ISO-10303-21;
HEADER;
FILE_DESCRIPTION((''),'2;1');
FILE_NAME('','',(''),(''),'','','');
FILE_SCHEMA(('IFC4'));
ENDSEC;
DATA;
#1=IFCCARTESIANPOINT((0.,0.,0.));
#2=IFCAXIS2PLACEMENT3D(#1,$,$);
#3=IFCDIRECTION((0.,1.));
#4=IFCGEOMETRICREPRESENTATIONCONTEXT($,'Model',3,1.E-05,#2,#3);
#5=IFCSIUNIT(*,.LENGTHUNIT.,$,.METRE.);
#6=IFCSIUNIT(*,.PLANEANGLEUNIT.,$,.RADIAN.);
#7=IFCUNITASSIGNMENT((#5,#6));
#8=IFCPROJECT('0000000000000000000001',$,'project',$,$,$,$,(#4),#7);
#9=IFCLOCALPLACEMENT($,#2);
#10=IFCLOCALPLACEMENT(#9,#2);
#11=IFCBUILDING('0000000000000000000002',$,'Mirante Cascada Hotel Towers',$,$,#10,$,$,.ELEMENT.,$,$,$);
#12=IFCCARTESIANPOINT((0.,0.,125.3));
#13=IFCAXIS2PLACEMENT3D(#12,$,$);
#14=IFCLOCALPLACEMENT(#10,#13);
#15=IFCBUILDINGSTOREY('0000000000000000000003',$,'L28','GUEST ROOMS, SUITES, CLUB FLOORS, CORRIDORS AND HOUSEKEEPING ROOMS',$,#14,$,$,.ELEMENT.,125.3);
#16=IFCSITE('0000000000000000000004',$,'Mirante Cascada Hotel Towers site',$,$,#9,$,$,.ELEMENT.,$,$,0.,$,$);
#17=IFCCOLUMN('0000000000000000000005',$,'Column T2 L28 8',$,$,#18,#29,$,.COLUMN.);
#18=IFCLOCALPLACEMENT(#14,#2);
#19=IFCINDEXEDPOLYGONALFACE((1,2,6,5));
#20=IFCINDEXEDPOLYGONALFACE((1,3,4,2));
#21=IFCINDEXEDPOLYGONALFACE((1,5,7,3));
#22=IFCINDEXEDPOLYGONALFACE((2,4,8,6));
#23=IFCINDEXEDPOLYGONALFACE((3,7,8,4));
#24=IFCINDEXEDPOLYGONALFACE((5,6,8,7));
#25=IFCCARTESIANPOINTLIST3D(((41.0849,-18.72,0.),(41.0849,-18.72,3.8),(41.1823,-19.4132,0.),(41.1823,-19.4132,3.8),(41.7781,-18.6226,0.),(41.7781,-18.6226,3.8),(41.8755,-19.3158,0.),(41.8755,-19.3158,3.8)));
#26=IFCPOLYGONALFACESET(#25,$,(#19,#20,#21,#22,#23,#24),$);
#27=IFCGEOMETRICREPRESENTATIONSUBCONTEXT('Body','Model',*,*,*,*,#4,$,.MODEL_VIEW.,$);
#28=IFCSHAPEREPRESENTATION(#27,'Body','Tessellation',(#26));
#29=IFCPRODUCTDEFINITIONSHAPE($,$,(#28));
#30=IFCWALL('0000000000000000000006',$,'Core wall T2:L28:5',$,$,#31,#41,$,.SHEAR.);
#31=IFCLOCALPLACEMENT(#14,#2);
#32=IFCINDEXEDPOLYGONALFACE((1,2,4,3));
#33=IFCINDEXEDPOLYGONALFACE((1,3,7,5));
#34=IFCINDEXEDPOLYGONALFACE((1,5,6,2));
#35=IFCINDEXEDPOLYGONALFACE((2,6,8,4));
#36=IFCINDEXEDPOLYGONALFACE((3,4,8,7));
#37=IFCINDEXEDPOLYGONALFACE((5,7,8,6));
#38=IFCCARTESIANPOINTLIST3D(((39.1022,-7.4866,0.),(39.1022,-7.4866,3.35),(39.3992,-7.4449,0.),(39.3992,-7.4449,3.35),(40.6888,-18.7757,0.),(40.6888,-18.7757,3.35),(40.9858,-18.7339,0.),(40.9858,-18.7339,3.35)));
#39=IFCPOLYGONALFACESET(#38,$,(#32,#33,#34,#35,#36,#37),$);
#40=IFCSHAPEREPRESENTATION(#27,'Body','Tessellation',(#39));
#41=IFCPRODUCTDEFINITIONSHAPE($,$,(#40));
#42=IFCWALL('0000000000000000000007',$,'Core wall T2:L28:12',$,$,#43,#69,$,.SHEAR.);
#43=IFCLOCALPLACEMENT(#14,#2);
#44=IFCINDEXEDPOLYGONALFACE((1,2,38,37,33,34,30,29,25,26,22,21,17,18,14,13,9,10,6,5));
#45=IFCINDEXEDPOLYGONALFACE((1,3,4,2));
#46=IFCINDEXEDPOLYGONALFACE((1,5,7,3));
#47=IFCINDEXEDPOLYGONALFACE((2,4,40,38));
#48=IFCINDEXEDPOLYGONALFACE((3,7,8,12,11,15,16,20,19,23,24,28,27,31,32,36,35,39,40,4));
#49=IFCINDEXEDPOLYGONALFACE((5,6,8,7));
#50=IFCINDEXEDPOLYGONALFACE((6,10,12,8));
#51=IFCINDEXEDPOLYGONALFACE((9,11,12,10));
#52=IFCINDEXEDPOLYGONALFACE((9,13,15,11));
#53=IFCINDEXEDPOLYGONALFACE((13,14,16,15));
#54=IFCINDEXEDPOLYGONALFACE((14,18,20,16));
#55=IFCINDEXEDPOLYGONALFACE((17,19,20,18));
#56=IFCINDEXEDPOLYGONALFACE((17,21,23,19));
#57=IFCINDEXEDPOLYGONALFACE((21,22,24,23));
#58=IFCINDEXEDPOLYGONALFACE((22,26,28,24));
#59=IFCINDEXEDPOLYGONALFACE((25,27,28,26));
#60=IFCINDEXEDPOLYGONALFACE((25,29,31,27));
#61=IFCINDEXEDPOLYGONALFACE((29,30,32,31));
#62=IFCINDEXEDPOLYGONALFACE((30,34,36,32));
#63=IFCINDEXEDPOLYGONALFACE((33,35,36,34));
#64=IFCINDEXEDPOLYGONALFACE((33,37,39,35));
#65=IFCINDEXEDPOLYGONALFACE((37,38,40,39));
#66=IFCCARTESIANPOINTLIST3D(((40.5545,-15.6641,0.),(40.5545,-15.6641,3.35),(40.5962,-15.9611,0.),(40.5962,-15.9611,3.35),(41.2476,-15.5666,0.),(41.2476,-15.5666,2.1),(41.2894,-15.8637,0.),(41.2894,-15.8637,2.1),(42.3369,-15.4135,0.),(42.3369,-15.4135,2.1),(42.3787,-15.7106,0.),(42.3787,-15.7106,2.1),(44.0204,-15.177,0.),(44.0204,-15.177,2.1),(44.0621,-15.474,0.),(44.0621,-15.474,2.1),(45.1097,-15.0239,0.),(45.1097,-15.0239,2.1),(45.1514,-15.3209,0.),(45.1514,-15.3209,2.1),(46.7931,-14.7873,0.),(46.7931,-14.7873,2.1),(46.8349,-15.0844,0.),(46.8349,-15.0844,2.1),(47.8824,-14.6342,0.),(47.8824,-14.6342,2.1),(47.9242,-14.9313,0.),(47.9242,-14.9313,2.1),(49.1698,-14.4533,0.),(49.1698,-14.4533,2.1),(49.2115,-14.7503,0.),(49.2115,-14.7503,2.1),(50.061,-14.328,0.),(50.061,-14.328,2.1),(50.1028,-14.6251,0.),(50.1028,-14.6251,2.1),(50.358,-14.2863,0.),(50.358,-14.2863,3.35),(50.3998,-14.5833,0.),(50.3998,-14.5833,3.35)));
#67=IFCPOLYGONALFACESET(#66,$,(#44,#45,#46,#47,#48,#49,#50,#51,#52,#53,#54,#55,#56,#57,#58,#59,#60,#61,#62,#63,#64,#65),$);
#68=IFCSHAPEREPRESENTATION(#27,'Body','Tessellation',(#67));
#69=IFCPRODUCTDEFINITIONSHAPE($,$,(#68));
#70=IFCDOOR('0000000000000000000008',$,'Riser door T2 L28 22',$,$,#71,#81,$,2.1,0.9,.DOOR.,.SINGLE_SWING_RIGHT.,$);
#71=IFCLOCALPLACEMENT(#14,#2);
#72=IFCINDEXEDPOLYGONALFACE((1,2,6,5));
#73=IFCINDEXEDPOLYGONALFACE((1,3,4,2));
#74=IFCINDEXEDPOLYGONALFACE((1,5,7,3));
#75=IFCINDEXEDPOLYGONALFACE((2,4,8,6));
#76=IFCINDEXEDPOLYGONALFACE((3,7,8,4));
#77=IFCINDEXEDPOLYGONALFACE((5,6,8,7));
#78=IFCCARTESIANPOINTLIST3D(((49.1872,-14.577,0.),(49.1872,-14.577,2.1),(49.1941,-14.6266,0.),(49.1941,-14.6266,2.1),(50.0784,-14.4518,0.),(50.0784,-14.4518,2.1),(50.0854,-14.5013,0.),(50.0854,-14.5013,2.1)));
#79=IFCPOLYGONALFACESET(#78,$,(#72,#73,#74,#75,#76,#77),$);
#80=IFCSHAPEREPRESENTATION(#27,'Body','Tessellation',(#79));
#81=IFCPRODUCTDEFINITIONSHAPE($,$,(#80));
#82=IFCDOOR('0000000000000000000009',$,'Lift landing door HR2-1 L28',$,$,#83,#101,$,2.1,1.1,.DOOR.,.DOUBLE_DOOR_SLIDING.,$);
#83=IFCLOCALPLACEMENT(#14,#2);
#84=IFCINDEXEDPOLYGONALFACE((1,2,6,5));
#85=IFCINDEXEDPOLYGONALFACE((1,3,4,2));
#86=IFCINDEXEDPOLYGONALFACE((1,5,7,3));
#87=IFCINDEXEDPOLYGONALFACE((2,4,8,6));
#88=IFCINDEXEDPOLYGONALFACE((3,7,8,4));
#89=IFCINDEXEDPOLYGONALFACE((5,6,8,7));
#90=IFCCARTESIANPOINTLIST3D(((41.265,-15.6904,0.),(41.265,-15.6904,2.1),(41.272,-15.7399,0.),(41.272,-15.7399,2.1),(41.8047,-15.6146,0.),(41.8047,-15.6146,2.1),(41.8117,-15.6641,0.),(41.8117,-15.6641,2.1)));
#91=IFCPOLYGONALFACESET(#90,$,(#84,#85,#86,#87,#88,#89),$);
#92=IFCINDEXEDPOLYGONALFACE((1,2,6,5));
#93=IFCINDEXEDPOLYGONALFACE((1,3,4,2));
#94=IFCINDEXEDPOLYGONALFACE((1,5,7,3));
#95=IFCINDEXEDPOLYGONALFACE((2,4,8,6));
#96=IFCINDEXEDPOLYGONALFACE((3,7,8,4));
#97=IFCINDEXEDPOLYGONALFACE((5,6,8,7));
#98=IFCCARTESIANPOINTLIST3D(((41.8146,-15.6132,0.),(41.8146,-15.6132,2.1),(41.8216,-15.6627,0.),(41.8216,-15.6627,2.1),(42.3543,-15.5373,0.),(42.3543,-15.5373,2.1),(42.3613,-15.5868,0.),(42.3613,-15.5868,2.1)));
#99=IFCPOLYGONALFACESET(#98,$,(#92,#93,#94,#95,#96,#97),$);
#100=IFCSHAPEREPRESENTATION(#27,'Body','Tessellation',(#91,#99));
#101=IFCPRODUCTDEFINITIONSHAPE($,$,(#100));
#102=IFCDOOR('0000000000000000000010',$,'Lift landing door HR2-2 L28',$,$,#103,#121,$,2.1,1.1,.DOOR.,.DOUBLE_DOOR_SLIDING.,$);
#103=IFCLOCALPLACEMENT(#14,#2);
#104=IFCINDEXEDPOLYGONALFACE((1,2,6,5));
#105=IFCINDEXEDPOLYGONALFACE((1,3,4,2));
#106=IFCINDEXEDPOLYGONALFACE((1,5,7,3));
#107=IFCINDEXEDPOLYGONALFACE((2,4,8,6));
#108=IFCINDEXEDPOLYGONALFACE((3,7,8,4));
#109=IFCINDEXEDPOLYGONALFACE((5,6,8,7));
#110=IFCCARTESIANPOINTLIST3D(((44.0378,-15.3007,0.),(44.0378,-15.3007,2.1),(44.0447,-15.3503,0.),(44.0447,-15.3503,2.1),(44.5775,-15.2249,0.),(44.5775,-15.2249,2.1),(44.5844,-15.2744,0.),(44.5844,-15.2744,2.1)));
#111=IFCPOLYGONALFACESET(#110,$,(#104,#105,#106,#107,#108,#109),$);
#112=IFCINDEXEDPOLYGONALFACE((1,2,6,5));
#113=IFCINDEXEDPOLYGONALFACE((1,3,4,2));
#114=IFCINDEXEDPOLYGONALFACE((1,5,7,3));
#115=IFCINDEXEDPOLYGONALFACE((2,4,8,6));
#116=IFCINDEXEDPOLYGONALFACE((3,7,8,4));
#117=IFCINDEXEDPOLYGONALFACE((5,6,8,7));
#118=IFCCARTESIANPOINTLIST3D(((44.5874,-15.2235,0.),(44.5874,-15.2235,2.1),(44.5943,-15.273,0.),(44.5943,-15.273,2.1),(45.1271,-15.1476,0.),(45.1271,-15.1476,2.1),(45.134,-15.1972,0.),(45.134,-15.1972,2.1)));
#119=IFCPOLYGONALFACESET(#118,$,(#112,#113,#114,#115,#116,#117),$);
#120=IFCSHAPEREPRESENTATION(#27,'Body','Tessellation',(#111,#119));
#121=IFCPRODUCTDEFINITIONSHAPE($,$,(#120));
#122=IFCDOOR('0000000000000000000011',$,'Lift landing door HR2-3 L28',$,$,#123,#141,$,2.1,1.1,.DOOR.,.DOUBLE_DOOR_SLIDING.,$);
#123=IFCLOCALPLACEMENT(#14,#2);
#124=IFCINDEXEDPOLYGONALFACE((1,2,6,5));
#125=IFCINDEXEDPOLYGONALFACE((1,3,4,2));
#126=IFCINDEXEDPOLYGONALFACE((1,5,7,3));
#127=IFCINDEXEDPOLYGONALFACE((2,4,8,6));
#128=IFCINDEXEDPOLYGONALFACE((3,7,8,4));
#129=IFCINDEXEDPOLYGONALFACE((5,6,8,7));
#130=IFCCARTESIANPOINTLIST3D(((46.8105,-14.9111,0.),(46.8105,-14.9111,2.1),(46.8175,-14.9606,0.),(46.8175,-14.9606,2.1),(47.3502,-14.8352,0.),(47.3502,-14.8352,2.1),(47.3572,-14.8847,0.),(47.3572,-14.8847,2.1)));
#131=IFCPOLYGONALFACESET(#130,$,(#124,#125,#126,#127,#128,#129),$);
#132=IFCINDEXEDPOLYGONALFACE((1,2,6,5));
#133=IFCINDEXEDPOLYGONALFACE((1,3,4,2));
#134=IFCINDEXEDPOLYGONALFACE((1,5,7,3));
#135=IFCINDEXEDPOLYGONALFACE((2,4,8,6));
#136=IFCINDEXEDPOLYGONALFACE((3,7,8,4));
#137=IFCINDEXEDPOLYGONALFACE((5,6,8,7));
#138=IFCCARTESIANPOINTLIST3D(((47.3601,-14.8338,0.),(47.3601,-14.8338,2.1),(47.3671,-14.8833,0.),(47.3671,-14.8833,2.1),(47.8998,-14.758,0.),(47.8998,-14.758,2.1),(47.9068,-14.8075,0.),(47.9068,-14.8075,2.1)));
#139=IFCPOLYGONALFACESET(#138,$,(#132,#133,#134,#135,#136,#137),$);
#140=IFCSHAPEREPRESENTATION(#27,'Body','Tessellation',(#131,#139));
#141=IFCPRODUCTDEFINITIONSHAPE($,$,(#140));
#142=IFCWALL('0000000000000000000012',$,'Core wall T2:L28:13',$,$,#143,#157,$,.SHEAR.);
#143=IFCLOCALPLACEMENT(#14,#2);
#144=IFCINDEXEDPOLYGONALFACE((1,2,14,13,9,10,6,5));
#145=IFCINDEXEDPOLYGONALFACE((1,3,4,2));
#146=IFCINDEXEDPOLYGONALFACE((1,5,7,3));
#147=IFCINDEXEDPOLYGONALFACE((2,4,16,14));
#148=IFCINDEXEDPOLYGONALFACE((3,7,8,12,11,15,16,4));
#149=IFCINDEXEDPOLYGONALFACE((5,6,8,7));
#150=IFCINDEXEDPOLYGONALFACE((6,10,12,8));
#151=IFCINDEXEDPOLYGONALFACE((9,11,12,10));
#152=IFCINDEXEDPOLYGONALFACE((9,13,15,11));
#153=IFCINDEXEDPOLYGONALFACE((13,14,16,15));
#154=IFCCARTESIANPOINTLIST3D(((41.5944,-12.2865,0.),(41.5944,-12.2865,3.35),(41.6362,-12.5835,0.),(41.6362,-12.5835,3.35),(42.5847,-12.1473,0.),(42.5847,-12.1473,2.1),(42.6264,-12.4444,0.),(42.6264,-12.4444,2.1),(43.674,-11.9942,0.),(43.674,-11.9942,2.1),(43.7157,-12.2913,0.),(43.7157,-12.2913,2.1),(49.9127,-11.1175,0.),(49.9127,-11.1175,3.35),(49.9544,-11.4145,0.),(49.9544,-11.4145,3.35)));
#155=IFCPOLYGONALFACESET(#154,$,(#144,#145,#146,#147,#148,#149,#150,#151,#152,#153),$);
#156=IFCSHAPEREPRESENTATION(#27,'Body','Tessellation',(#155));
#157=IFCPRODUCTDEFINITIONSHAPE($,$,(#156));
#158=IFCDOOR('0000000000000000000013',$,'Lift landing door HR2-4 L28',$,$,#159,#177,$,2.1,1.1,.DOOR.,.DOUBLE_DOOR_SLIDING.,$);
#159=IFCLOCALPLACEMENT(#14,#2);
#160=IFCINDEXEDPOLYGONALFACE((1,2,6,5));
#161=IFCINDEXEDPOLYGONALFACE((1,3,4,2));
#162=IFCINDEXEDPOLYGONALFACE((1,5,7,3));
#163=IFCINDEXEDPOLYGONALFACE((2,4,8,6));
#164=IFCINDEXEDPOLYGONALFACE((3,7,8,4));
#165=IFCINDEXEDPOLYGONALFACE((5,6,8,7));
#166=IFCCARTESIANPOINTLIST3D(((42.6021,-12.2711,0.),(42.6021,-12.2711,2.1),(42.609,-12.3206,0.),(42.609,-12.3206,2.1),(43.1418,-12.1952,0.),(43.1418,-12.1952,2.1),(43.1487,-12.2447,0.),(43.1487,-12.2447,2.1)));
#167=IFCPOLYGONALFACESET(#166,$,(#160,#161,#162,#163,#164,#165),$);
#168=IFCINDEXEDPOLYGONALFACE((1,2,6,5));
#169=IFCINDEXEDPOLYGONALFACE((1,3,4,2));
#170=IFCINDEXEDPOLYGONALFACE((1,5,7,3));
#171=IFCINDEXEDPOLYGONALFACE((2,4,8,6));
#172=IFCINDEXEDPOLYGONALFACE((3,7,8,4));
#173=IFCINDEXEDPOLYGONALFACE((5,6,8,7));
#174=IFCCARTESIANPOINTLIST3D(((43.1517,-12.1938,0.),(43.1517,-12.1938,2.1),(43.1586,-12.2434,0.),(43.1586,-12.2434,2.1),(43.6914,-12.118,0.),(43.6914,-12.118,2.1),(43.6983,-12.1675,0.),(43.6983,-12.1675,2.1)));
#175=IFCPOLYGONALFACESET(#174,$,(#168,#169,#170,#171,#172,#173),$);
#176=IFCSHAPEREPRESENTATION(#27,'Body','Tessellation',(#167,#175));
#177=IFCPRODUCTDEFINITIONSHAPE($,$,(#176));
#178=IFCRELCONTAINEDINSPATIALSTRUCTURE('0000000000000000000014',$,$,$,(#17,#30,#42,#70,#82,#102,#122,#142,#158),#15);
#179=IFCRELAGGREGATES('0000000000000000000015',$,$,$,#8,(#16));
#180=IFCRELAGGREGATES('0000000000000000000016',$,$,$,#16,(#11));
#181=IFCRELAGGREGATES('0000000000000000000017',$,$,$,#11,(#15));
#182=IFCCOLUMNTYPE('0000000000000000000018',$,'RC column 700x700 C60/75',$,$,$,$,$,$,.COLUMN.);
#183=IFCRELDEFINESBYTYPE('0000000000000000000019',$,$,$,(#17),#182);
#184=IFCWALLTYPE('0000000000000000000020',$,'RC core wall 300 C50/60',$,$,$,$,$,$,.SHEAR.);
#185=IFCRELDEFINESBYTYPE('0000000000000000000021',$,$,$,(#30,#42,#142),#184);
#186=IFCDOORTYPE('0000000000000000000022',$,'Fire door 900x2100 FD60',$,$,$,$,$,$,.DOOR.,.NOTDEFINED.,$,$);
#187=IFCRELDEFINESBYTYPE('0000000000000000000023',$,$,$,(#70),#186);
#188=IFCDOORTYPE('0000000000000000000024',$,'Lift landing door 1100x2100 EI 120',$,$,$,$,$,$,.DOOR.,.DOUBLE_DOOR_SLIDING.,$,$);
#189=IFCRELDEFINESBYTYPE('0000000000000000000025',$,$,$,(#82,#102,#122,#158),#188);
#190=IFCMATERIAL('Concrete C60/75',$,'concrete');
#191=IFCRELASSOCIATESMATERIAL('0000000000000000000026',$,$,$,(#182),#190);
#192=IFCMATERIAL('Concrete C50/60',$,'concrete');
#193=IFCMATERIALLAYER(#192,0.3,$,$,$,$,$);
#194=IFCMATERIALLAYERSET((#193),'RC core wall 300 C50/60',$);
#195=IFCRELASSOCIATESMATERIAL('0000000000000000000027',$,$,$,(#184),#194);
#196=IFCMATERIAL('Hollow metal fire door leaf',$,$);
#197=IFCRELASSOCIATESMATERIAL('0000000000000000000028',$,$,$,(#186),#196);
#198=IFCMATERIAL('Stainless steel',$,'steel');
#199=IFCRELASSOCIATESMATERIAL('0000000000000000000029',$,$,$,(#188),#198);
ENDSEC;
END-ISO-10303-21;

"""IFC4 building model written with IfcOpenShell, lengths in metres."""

from ifc_helpers import new_model, si_unit, direction, frame, frame_2d, origin, origin_2d, place, context, subcontext, project, spatial, rectangle, extrude, material, layer, layer_set, material_profile, profile_set, type_object, element, fill, save


model = new_model("IFC4")

# Units and contexts
model_context = context("Model", 3, precision=1e-05, world=origin(), true_north=direction((0.0, 1.0)))
body_context = subcontext(model_context, "Body", "Model", "MODEL_VIEW")
ifc_project = project(units=[si_unit("LENGTHUNIT", "METRE"), si_unit("PLANEANGLEUNIT", "RADIAN")], contexts=[model_context])

# Site, building, storey
site_placement = place(None, origin())
site = spatial("IfcSite", under=ifc_project, at=site_placement, Name="Mirante Cascada Hotel Towers site", CompositionType="ELEMENT", RefElevation=0.0)
building_placement = place(site_placement, origin())
building = spatial("IfcBuilding", under=site, at=building_placement, Name="Mirante Cascada Hotel Towers", CompositionType="ELEMENT")
storey_placement = place(building_placement, frame((0.0, 0.0, 125.3)))
storey = spatial("IfcBuildingStorey", under=building, at=storey_placement, Name="L28", Description="GUEST ROOMS, SUITES, CLUB FLOORS, CORRIDORS AND HOUSEKEEPING ROOMS", CompositionType="ELEMENT", Elevation=125.3)

# Column
ifc_material_1 = material(Name="Concrete C60/75", Category="concrete")
ifc_material_profile = material_profile(ifc_material_1, rectangle(XDim=0.7, YDim=0.7, at=origin_2d()), Name="RC column 700x700 C60/75")
ifc_profile_set = profile_set([ifc_material_profile], Name="Concrete C60/75")
column_type = type_object("IfcColumnType", Name="RC column 700x700 C60/75", PredefinedType="COLUMN", material=ifc_profile_set)
column_placement = place(storey_placement, frame((41.4802, -19.0179, 0.0), z_axis=(0.0, 0.0, 1.0), x_axis=(0.990268, 0.139173, 0.0)))
element("IfcColumn", 1, at=column_placement, inside=storey, type_object=column_type, Name="Column T2 L28 8", PredefinedType="COLUMN", context=body_context, shape_type="SweptSolid", body=[
    extrude(rectangle(XDim=0.7, YDim=0.7, at=origin_2d()), origin(), (0.0, 0.0, 1.0), 3.8),
])

# Wall
ifc_material_2 = material(Name="Concrete C50/60", Category="concrete")
ifc_layer_1 = layer(ifc_material_2, 0.3)
ifc_layer_set_1 = layer_set([ifc_layer_1], Name="RC core wall 300 C50/60")
wall_type_1 = type_object("IfcWallType", Name="RC core wall 300 C50/60", PredefinedType="SHEAR", material=ifc_layer_set_1)
wall_1_placement = place(storey_placement, frame((40.8373, -18.7548, 0.0), z_axis=(0.0, 0.0, 1.0), x_axis=(-0.139175, 0.990268, 0.0)))
element("IfcWall", 2, at=wall_1_placement, inside=storey, type_object=wall_type_1, Name="Core wall T2:L28:5", PredefinedType="SHEAR", context=body_context, shape_type="SweptSolid", body=[
    extrude(rectangle(XDim=11.4, YDim=0.3, at=frame_2d((5.7, 0.0))), origin(), (0.0, 0.0, 1.0), 3.35),
])

# Wall, openings, doors
wall_2_placement = place(storey_placement, frame((40.5753, -15.8126, 0.0), z_axis=(0.0, 0.0, 1.0), x_axis=(0.990268, 0.139173, 0.0)))
wall_2 = element("IfcWall", 3, at=wall_2_placement, inside=storey, type_object=wall_type_1, Name="Core wall T2:L28:12", PredefinedType="SHEAR", context=body_context, shape_type="SweptSolid", body=[
    extrude(rectangle(XDim=9.8999, YDim=0.3, at=frame_2d((4.95, 0.0))), origin(), (0.0, 0.0, 1.0), 3.35),
])
opening_1_placement = place(wall_2_placement, frame((0.7, 0.0, 0.0)))
opening_1 = element("IfcOpeningElement", 4, at=opening_1_placement, cuts=wall_2, PredefinedType="OPENING", context=body_context, shape_type="SweptSolid", body=[
    extrude(rectangle(XDim=1.1, YDim=2.1, at=frame_2d((0.55, 1.05))), frame((0.0, 0.15, 0.0), z_axis=(0.0, -1.0, 0.0), x_axis=(1.0, 0.0, 0.0)), (0.0, 0.0, 1.0), 0.3),
])
opening_2_placement = place(wall_2_placement, frame((3.5, 0.0, 0.0)))
opening_2 = element("IfcOpeningElement", 5, at=opening_2_placement, cuts=wall_2, PredefinedType="OPENING", context=body_context, shape_type="SweptSolid", body=[
    extrude(rectangle(XDim=1.1, YDim=2.1, at=frame_2d((0.55, 1.05))), frame((0.0, 0.15, 0.0), z_axis=(0.0, -1.0, 0.0), x_axis=(1.0, 0.0, 0.0)), (0.0, 0.0, 1.0), 0.3),
])
opening_3_placement = place(wall_2_placement, frame((6.3, 0.0, 0.0)))
opening_3 = element("IfcOpeningElement", 6, at=opening_3_placement, cuts=wall_2, PredefinedType="OPENING", context=body_context, shape_type="SweptSolid", body=[
    extrude(rectangle(XDim=1.1, YDim=2.1, at=frame_2d((0.55, 1.05))), frame((0.0, 0.15, 0.0), z_axis=(0.0, -1.0, 0.0), x_axis=(1.0, 0.0, 0.0)), (0.0, 0.0, 1.0), 0.3),
])
opening_4_placement = place(wall_2_placement, frame((8.7, 0.0, 0.0)))
opening_4 = element("IfcOpeningElement", 7, at=opening_4_placement, cuts=wall_2, PredefinedType="OPENING", context=body_context, shape_type="SweptSolid", body=[
    extrude(rectangle(XDim=0.9, YDim=2.1, at=frame_2d((0.45, 1.05))), frame((0.0, 0.15, 0.0), z_axis=(0.0, -1.0, 0.0), x_axis=(1.0, 0.0, 0.0)), (0.0, 0.0, 1.0), 0.3),
])
ifc_material_3 = material(Name="Hollow metal fire door leaf")
door_type_1 = type_object("IfcDoorType", Name="Fire door 900x2100 FD60", OperationType="NOTDEFINED", PredefinedType="DOOR", material=ifc_material_3)
door_1_placement = place(opening_4_placement, frame((0.9, 0.0, 0.0), z_axis=(0.0, 0.0, 1.0), x_axis=(-1.0, 0.0, 0.0)))
door_1 = element("IfcDoor", 8, at=door_1_placement, inside=storey, type_object=door_type_1, Name="Riser door T2 L28 22", OperationType="SINGLE_SWING_RIGHT", OverallHeight=2.1, OverallWidth=0.9, PredefinedType="DOOR", context=body_context, shape_type="SweptSolid", body=[
    extrude(rectangle(XDim=0.9, YDim=2.1, at=frame_2d((0.45, 1.05))), frame((0.0, 0.025, 0.0), z_axis=(0.0, -1.0, 0.0), x_axis=(1.0, 0.0, 0.0)), (0.0, 0.0, 1.0), 0.05),
])
fill(opening_4, door_1)
ifc_material_4 = material(Name="Stainless steel", Category="steel")
door_type_2 = type_object("IfcDoorType", Name="Lift landing door 1100x2100 EI 120", OperationType="DOUBLE_DOOR_SLIDING", PredefinedType="DOOR", material=ifc_material_4)
door_2_placement = place(opening_1_placement, origin())
door_2 = element("IfcDoor", 9, at=door_2_placement, inside=storey, type_object=door_type_2, Name="Lift landing door HR2-1 L28", OperationType="DOUBLE_DOOR_SLIDING", OverallHeight=2.1, OverallWidth=1.1, PredefinedType="DOOR", context=body_context, shape_type="SweptSolid", body=[
    extrude(rectangle(XDim=0.545, YDim=2.1, at=frame_2d((0.2725, 1.05))), frame((0.0, 0.025, 0.0), z_axis=(0.0, -1.0, 0.0), x_axis=(1.0, 0.0, 0.0)), (0.0, 0.0, 1.0), 0.05),
    extrude(rectangle(XDim=0.545, YDim=2.1, at=frame_2d((0.8275, 1.05))), frame((0.0, 0.025, 0.0), z_axis=(0.0, -1.0, 0.0), x_axis=(1.0, 0.0, 0.0)), (0.0, 0.0, 1.0), 0.05),
])
fill(opening_1, door_2)
door_3_placement = place(opening_2_placement, origin())
door_3 = element("IfcDoor", 10, at=door_3_placement, inside=storey, type_object=door_type_2, Name="Lift landing door HR2-2 L28", OperationType="DOUBLE_DOOR_SLIDING", OverallHeight=2.1, OverallWidth=1.1, PredefinedType="DOOR", context=body_context, shape_type="SweptSolid", body=[
    extrude(rectangle(XDim=0.545, YDim=2.1, at=frame_2d((0.2725, 1.05))), frame((0.0, 0.025, 0.0), z_axis=(0.0, -1.0, 0.0), x_axis=(1.0, 0.0, 0.0)), (0.0, 0.0, 1.0), 0.05),
    extrude(rectangle(XDim=0.545, YDim=2.1, at=frame_2d((0.8275, 1.05))), frame((0.0, 0.025, 0.0), z_axis=(0.0, -1.0, 0.0), x_axis=(1.0, 0.0, 0.0)), (0.0, 0.0, 1.0), 0.05),
])
fill(opening_2, door_3)
door_4_placement = place(opening_3_placement, origin())
door_4 = element("IfcDoor", 11, at=door_4_placement, inside=storey, type_object=door_type_2, Name="Lift landing door HR2-3 L28", OperationType="DOUBLE_DOOR_SLIDING", OverallHeight=2.1, OverallWidth=1.1, PredefinedType="DOOR", context=body_context, shape_type="SweptSolid", body=[
    extrude(rectangle(XDim=0.545, YDim=2.1, at=frame_2d((0.2725, 1.05))), frame((0.0, 0.025, 0.0), z_axis=(0.0, -1.0, 0.0), x_axis=(1.0, 0.0, 0.0)), (0.0, 0.0, 1.0), 0.05),
    extrude(rectangle(XDim=0.545, YDim=2.1, at=frame_2d((0.8275, 1.05))), frame((0.0, 0.025, 0.0), z_axis=(0.0, -1.0, 0.0), x_axis=(1.0, 0.0, 0.0)), (0.0, 0.0, 1.0), 0.05),
])
fill(opening_3, door_4)

# Wall, opening, door
wall_3_placement = place(storey_placement, frame((41.6153, -12.435, 0.0), z_axis=(0.0, 0.0, 1.0), x_axis=(0.990269, 0.139166, 0.0)))
wall_3 = element("IfcWall", 12, at=wall_3_placement, inside=storey, type_object=wall_type_1, Name="Core wall T2:L28:13", PredefinedType="SHEAR", context=body_context, shape_type="SweptSolid", body=[
    extrude(rectangle(XDim=8.4, YDim=0.3, at=frame_2d((4.2, 0.0))), origin(), (0.0, 0.0, 1.0), 3.35),
])
opening_5_placement = place(wall_3_placement, frame((1.0, 0.0, 0.0)))
opening_5 = element("IfcOpeningElement", 13, at=opening_5_placement, cuts=wall_3, PredefinedType="OPENING", context=body_context, shape_type="SweptSolid", body=[
    extrude(rectangle(XDim=1.1, YDim=2.1, at=frame_2d((0.55, 1.05))), frame((0.0, 0.15, 0.0), z_axis=(0.0, -1.0, 0.0), x_axis=(1.0, 0.0, 0.0)), (0.0, 0.0, 1.0), 0.3),
])
door_5_placement = place(opening_5_placement, origin())
door_5 = element("IfcDoor", 14, at=door_5_placement, inside=storey, type_object=door_type_2, Name="Lift landing door HR2-4 L28", OperationType="DOUBLE_DOOR_SLIDING", OverallHeight=2.1, OverallWidth=1.1, PredefinedType="DOOR", context=body_context, shape_type="SweptSolid", body=[
    extrude(rectangle(XDim=0.545, YDim=2.1, at=frame_2d((0.2725, 1.05))), frame((0.0, 0.025, 0.0), z_axis=(0.0, -1.0, 0.0), x_axis=(1.0, 0.0, 0.0)), (0.0, 0.0, 1.0), 0.05),
    extrude(rectangle(XDim=0.545, YDim=2.1, at=frame_2d((0.8275, 1.05))), frame((0.0, 0.025, 0.0), z_axis=(0.0, -1.0, 0.0), x_axis=(1.0, 0.0, 0.0)), (0.0, 0.0, 1.0), 0.05),
])
fill(opening_5, door_5)

save(model, "model.ifc")
